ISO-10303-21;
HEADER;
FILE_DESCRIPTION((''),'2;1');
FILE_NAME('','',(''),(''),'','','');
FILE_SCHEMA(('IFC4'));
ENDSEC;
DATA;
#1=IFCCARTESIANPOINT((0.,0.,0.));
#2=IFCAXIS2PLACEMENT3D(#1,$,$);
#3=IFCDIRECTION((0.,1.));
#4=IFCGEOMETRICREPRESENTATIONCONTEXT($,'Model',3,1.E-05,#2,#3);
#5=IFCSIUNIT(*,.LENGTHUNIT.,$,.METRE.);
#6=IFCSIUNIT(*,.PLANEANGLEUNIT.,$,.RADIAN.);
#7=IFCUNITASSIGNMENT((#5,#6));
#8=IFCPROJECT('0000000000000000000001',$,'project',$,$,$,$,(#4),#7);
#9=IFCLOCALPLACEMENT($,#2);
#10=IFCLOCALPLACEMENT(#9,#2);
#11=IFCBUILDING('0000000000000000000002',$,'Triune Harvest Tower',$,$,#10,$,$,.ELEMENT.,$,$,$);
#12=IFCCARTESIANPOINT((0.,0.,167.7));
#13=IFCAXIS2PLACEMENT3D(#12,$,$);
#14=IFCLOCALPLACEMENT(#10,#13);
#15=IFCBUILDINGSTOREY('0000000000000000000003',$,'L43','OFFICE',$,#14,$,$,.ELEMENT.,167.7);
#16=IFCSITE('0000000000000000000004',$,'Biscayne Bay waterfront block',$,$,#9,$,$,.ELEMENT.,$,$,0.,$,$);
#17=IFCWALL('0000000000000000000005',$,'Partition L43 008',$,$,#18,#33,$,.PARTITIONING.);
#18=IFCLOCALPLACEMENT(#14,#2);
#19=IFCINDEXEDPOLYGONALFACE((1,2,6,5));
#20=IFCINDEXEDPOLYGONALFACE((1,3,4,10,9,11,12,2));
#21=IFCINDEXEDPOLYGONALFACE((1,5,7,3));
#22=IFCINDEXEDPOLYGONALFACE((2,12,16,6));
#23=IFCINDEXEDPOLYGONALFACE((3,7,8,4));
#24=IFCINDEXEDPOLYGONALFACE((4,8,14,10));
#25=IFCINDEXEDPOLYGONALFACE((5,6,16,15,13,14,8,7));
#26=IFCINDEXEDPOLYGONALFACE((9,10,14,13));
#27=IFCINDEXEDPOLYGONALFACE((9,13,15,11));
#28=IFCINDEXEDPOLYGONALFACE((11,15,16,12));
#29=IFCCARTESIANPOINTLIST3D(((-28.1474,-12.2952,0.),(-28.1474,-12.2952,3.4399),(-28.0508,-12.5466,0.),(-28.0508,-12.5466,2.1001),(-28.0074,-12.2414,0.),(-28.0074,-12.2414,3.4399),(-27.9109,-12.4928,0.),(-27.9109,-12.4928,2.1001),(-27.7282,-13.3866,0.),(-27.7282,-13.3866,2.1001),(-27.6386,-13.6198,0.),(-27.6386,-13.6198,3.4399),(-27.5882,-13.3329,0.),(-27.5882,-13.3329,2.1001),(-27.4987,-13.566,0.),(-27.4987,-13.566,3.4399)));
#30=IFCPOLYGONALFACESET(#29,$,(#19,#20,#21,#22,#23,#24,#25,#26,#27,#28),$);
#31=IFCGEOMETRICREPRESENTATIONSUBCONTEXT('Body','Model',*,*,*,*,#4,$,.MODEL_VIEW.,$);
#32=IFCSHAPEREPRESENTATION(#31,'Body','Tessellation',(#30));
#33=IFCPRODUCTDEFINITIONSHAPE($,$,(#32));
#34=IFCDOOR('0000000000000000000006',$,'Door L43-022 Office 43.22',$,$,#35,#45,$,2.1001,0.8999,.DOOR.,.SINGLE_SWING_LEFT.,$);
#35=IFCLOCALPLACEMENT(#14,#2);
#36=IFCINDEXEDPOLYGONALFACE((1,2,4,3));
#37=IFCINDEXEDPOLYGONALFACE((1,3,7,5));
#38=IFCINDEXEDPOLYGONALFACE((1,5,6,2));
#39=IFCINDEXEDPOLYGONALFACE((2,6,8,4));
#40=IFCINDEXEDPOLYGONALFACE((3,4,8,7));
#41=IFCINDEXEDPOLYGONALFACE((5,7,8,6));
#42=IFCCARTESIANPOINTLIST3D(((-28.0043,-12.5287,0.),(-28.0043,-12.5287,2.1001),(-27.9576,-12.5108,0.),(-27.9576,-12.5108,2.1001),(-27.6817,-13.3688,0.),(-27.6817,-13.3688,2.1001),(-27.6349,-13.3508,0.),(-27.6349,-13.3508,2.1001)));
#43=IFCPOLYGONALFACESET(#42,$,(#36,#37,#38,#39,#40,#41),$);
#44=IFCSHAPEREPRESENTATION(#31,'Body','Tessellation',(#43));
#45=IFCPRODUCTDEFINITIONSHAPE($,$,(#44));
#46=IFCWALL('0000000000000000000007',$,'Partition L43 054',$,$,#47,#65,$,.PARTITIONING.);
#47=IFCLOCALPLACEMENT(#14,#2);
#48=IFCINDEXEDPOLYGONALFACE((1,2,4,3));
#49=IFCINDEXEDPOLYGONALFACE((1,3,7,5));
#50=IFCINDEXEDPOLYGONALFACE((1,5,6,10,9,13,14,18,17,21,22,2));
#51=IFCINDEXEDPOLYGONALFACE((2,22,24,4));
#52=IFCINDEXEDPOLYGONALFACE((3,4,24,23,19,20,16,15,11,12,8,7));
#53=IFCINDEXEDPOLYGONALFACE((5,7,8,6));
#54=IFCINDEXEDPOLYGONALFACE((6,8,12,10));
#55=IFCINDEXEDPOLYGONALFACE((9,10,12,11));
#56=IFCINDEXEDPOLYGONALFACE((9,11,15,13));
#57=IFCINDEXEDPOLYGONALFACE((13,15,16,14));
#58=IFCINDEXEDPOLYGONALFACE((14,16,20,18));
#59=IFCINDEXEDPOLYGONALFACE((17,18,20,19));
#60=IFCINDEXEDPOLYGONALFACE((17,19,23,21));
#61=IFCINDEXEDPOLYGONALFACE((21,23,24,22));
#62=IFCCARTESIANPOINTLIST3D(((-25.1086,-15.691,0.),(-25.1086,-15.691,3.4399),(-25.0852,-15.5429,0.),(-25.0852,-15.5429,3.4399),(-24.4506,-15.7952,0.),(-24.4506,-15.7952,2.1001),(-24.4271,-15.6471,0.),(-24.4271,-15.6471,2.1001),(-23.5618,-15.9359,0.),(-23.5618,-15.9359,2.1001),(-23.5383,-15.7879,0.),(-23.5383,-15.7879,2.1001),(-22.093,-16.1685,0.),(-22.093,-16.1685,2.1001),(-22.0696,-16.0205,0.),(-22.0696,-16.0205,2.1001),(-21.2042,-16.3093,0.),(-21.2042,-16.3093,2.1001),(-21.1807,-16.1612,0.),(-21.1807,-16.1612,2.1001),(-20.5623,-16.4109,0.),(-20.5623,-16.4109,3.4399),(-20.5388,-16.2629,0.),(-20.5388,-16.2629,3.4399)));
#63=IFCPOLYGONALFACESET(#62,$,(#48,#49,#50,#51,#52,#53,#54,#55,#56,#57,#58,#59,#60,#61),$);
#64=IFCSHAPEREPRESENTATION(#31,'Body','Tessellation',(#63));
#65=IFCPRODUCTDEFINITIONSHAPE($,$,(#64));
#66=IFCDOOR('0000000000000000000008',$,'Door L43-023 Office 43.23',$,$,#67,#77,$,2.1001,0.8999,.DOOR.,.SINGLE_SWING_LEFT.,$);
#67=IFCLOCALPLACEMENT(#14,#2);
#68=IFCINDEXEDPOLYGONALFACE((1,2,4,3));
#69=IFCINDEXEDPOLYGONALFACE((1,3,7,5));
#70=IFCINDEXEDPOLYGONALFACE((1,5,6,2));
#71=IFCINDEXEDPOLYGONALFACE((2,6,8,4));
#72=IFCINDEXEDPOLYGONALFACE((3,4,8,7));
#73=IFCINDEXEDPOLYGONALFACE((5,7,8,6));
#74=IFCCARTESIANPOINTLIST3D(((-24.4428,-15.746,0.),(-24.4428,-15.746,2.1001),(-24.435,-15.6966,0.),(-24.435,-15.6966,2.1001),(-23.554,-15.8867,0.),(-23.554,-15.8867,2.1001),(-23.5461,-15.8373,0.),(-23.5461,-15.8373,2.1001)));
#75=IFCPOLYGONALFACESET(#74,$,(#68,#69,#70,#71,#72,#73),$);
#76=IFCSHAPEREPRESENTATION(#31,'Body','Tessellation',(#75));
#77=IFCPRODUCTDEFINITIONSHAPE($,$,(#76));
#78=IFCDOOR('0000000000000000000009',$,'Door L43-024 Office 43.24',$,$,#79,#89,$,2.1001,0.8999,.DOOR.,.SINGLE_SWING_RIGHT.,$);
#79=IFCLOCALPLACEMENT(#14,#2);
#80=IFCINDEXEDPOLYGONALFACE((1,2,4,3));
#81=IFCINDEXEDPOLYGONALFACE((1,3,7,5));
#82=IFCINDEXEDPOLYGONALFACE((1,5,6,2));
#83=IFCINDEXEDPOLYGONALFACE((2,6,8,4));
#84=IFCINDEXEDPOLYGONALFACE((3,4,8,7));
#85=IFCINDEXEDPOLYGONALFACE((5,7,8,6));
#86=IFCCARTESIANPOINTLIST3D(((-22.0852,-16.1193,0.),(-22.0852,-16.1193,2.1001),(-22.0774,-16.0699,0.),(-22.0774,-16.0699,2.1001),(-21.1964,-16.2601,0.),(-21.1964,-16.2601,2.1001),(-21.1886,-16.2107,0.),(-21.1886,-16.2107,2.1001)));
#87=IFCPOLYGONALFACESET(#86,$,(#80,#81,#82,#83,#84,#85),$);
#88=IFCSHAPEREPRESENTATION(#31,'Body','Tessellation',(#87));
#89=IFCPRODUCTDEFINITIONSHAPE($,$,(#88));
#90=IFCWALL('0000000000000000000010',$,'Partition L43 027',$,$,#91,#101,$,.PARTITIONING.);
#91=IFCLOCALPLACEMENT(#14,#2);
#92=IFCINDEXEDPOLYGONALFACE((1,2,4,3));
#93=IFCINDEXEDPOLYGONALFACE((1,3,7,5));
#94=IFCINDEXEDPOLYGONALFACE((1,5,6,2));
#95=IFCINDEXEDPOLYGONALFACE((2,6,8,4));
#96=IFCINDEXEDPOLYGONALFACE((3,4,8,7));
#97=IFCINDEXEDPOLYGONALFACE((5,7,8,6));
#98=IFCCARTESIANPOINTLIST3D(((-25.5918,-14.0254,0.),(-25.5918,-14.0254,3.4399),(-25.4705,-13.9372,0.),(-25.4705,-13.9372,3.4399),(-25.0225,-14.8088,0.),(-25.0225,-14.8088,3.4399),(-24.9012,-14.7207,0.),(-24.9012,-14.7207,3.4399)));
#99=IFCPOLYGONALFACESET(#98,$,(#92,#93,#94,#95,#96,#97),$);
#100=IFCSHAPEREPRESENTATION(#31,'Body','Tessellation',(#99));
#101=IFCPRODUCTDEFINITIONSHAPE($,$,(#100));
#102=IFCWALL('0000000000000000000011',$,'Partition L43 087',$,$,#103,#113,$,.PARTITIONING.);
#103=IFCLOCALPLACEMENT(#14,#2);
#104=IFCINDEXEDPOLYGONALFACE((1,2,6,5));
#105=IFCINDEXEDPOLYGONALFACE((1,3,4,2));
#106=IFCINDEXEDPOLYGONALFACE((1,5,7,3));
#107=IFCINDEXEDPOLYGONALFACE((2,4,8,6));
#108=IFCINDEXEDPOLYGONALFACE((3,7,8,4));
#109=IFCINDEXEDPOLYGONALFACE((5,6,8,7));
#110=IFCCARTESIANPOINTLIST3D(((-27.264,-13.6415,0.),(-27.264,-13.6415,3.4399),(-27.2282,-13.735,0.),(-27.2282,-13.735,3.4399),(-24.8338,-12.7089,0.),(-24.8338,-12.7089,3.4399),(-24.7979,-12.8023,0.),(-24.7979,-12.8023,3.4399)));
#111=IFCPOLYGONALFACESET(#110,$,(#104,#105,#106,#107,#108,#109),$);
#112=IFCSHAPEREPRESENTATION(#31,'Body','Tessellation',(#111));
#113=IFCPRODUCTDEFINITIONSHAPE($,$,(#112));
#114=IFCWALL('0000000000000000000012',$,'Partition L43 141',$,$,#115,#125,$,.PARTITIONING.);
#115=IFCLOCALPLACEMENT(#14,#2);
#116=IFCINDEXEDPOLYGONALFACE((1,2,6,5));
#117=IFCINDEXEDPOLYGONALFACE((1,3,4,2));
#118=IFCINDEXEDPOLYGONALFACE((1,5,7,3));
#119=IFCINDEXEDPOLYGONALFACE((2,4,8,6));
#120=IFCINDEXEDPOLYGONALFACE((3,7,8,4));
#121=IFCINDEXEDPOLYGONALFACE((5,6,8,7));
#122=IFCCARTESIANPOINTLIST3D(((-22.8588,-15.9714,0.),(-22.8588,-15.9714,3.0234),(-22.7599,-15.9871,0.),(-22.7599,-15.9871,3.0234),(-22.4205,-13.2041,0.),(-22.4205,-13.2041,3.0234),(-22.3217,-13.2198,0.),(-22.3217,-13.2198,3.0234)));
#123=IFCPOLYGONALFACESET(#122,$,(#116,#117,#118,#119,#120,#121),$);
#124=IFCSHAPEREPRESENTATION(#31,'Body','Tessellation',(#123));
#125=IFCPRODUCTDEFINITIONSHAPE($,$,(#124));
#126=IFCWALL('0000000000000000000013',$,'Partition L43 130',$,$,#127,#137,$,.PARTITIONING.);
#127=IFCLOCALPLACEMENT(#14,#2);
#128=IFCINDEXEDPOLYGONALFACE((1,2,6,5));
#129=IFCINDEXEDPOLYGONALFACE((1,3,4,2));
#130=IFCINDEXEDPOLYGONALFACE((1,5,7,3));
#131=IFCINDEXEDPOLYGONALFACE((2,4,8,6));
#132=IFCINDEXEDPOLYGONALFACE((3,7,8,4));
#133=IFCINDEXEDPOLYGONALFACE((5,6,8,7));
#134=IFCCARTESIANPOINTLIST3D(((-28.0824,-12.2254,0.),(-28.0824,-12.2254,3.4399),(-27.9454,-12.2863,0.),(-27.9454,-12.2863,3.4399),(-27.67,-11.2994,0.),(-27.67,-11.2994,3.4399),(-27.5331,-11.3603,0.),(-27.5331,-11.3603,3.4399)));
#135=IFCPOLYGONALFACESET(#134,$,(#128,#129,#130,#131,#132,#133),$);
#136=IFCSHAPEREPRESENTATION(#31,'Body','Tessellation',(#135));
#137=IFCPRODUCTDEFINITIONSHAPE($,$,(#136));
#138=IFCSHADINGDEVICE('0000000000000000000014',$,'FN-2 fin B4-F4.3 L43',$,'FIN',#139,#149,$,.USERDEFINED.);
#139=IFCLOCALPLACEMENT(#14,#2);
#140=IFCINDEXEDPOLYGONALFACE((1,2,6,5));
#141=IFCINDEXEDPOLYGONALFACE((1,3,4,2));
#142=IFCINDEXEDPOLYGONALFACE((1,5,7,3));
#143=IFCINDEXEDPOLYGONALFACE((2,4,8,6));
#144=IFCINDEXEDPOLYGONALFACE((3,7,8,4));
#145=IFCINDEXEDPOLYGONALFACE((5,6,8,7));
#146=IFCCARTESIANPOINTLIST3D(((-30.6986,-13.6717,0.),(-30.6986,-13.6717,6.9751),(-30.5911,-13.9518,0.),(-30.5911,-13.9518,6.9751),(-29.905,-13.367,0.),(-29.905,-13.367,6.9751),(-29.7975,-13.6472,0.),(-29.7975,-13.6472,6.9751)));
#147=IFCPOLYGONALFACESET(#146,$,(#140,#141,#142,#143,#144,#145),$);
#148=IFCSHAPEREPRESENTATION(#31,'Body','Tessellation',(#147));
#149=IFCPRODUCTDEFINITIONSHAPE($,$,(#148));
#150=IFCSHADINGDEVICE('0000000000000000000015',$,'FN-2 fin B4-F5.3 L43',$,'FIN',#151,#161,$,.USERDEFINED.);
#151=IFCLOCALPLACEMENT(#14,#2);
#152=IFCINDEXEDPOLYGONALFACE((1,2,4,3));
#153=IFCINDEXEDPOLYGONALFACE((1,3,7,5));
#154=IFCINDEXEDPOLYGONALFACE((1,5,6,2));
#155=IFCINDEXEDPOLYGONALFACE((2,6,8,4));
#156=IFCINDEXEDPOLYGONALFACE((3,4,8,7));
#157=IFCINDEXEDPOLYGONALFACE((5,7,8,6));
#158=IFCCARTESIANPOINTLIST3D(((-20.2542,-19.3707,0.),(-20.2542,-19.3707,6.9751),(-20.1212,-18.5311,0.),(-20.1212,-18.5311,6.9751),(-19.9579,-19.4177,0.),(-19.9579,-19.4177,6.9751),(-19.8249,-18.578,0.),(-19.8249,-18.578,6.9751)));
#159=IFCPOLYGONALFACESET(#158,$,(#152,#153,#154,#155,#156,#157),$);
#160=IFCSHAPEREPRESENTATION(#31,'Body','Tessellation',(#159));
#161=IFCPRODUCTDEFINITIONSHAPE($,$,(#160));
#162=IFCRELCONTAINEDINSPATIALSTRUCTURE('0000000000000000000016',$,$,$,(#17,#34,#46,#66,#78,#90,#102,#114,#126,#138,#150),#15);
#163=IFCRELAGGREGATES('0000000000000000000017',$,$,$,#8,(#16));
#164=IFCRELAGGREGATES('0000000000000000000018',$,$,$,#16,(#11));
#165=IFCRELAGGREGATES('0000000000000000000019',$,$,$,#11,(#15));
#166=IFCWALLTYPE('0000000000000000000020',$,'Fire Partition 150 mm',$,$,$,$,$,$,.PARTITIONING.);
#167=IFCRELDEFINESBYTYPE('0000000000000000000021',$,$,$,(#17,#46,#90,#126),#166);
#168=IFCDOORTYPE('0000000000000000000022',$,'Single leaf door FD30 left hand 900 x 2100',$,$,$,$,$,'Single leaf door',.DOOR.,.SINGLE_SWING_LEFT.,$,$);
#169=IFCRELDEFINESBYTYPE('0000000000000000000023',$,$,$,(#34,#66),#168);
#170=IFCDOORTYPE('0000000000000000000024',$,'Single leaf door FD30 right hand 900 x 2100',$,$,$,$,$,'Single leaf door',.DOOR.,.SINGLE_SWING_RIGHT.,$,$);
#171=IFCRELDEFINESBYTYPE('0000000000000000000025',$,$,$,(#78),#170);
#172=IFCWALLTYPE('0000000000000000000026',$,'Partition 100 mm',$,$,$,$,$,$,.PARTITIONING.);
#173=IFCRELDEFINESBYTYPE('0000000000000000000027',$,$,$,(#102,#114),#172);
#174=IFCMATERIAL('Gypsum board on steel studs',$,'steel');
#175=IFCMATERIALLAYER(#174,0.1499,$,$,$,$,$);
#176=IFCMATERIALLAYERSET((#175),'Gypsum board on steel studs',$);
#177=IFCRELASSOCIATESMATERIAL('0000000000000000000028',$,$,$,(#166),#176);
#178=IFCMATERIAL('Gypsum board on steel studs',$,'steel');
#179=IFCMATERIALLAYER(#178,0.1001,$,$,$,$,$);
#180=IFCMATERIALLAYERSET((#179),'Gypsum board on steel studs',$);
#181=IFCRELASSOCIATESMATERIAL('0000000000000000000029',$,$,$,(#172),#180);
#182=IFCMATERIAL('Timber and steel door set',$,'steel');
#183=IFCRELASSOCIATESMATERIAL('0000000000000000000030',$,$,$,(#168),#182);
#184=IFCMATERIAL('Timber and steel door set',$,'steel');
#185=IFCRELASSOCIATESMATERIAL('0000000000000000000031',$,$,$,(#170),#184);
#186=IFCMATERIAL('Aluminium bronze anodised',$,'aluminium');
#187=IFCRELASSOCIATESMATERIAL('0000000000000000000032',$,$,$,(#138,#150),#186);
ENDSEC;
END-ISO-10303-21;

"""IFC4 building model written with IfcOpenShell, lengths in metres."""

from ifc_helpers import new_model, si_unit, direction, frame, frame_2d, origin, origin_2d, place, context, subcontext, project, spatial, rectangle, extrude, source, transform, mapped, material, layer, layer_set, type_object, element, fill, save


model = new_model("IFC4")

# Units and contexts
model_context = context("Model", 3, precision=1e-05, world=origin(), true_north=direction((0.0, 1.0)))
body_context = subcontext(model_context, "Body", "Model", "MODEL_VIEW")
ifc_project = project(units=[si_unit("LENGTHUNIT", "METRE"), si_unit("PLANEANGLEUNIT", "RADIAN")], contexts=[model_context])

# Site, building, storey
site_placement = place(None, origin())
site = spatial("IfcSite", under=ifc_project, at=site_placement, Name="Biscayne Bay waterfront block", CompositionType="ELEMENT", RefElevation=0.0)
building_placement = place(site_placement, origin())
building = spatial("IfcBuilding", under=site, at=building_placement, Name="Triune Harvest Tower", CompositionType="ELEMENT")
storey_placement = place(building_placement, frame((0.0, 0.0, 167.7)))
storey = spatial("IfcBuildingStorey", under=building, at=storey_placement, Name="L43", Description="OFFICE", CompositionType="ELEMENT", Elevation=167.7)

# Shared definitions
ifc_material_1 = material(Name="Gypsum board on steel studs", Category="steel")
ifc_layer_1 = layer(ifc_material_1, 0.1499)
ifc_layer_set_1 = layer_set([ifc_layer_1], Name="Gypsum board on steel studs")
wall_type_1 = type_object("IfcWallType", Name="Fire Partition 150 mm", PredefinedType="PARTITIONING", material=ifc_layer_set_1)
ifc_material_2 = material(Name="Gypsum board on steel studs", Category="steel")
ifc_layer_2 = layer(ifc_material_2, 0.1001)
ifc_layer_set_2 = layer_set([ifc_layer_2], Name="Gypsum board on steel studs")
wall_type_2 = type_object("IfcWallType", Name="Partition 100 mm", PredefinedType="PARTITIONING", material=ifc_layer_set_2)

# Wall, opening, door
shared_shape_1 = source(origin(), body_context, "Body", "SweptSolid", [
    extrude(rectangle(XDim=1.4189, YDim=0.1499, at=frame_2d((0.7095, 0.0))), origin(), (0.0, 0.0, 1.0), 3.4399),
])
wall_1_placement = place(storey_placement, frame((-28.0774, -12.2683, 0.0), z_axis=(0.0, 0.0, 1.0), x_axis=(0.358541, -0.933514, 0.0)))
wall_1 = element("IfcWall", 1, at=wall_1_placement, inside=storey, type_object=wall_type_1, Name="Partition L43 008", PredefinedType="PARTITIONING", context=body_context, shape_type="MappedRepresentation", body=[
    mapped(shared_shape_1, transform((0.0, 0.0, 0.0), scale=1.0)),
])
opening_1_placement = place(wall_1_placement, frame((0.2693, 0.0, 0.0)))
opening_1 = element("IfcOpeningElement", 2, at=opening_1_placement, cuts=wall_1, PredefinedType="OPENING", context=body_context, shape_type="SweptSolid", body=[
    extrude(rectangle(XDim=0.8999, YDim=2.1001, at=frame_2d((0.45, 1.05))), frame((0.0, 0.085, 0.0), z_axis=(0.0, -1.0, 0.0), x_axis=(1.0, 0.0, 0.0)), (0.0, 0.0, 1.0), 0.1699),
])
ifc_material_3 = material(Name="Timber and steel door set", Category="steel")
door_type_1 = type_object("IfcDoorType", Name="Single leaf door FD30 left hand 900 x 2100", ElementType="Single leaf door", OperationType="SINGLE_SWING_LEFT", PredefinedType="DOOR", material=ifc_material_3)
door_1_placement = place(opening_1_placement, origin())
door_1 = element("IfcDoor", 3, at=door_1_placement, inside=storey, type_object=door_type_1, Name="Door L43-022 Office 43.22", OperationType="SINGLE_SWING_LEFT", OverallHeight=2.1001, OverallWidth=0.8999, PredefinedType="DOOR", context=body_context, shape_type="SweptSolid", body=[
    extrude(rectangle(XDim=0.8999, YDim=2.1001, at=frame_2d((0.45, 1.05))), frame((0.0, 0.0249, 0.0), z_axis=(0.0, -1.0, 0.0), x_axis=(1.0, 0.0, 0.0)), (0.0, 0.0, 1.0), 0.05),
])
fill(opening_1, door_1)

# Wall, openings, doors
shared_shape_2 = source(origin(), body_context, "Body", "SweptSolid", [
    extrude(rectangle(XDim=4.603, YDim=0.1499, at=frame_2d((2.3015, 0.0))), origin(), (0.0, 0.0, 1.0), 3.4399),
])
wall_2_placement = place(storey_placement, frame((-25.0969, -15.6169, 0.0), z_axis=(0.0, 0.0, 1.0), x_axis=(0.987692, -0.156412, 0.0)))
wall_2 = element("IfcWall", 4, at=wall_2_placement, inside=storey, type_object=wall_type_1, Name="Partition L43 054", PredefinedType="PARTITIONING", context=body_context, shape_type="MappedRepresentation", body=[
    mapped(shared_shape_2, transform((0.0, 0.0, 0.0), scale=1.0)),
])
opening_2_placement = place(wall_2_placement, frame((0.6663, 0.0, 0.0)))
opening_2 = element("IfcOpeningElement", 5, at=opening_2_placement, cuts=wall_2, PredefinedType="OPENING", context=body_context, shape_type="SweptSolid", body=[
    extrude(rectangle(XDim=0.8999, YDim=2.1001, at=frame_2d((0.45, 1.05))), frame((0.0, 0.085, 0.0), z_axis=(0.0, -1.0, 0.0), x_axis=(1.0, 0.0, 0.0)), (0.0, 0.0, 1.0), 0.1699),
])
opening_3_placement = place(wall_2_placement, frame((3.0532, 0.0, 0.0)))
opening_3 = element("IfcOpeningElement", 6, at=opening_3_placement, cuts=wall_2, PredefinedType="OPENING", context=body_context, shape_type="SweptSolid", body=[
    extrude(rectangle(XDim=0.8999, YDim=2.1001, at=frame_2d((0.45, 1.05))), frame((0.0, 0.085, 0.0), z_axis=(0.0, -1.0, 0.0), x_axis=(1.0, 0.0, 0.0)), (0.0, 0.0, 1.0), 0.1699),
])
door_2_placement = place(opening_2_placement, origin())
door_2 = element("IfcDoor", 7, at=door_2_placement, inside=storey, type_object=door_type_1, Name="Door L43-023 Office 43.23", OperationType="SINGLE_SWING_LEFT", OverallHeight=2.1001, OverallWidth=0.8999, PredefinedType="DOOR", context=body_context, shape_type="SweptSolid", body=[
    extrude(rectangle(XDim=0.8999, YDim=2.1001, at=frame_2d((0.45, 1.05))), frame((0.0, 0.0249, 0.0), z_axis=(0.0, -1.0, 0.0), x_axis=(1.0, 0.0, 0.0)), (0.0, 0.0, 1.0), 0.05),
])
fill(opening_2, door_2)
ifc_material_4 = material(Name="Timber and steel door set", Category="steel")
door_type_2 = type_object("IfcDoorType", Name="Single leaf door FD30 right hand 900 x 2100", ElementType="Single leaf door", OperationType="SINGLE_SWING_RIGHT", PredefinedType="DOOR", material=ifc_material_4)
door_3_placement = place(opening_3_placement, origin())
door_3 = element("IfcDoor", 8, at=door_3_placement, inside=storey, type_object=door_type_2, Name="Door L43-024 Office 43.24", OperationType="SINGLE_SWING_RIGHT", OverallHeight=2.1001, OverallWidth=0.8999, PredefinedType="DOOR", context=body_context, shape_type="SweptSolid", body=[
    extrude(rectangle(XDim=0.8999, YDim=2.1001, at=frame_2d((0.45, 1.05))), frame((0.0, 0.0249, 0.0), z_axis=(0.0, -1.0, 0.0), x_axis=(1.0, 0.0, 0.0)), (0.0, 0.0, 1.0), 0.05),
])
fill(opening_3, door_3)

# Walls
shared_shape_3 = source(origin(), body_context, "Body", "SweptSolid", [
    extrude(rectangle(XDim=0.9685, YDim=0.1499, at=frame_2d((0.4844, 0.0))), origin(), (0.0, 0.0, 1.0), 3.4399),
])
wall_3_placement = place(storey_placement, frame((-25.5312, -13.9812, 0.0), z_axis=(0.0, 0.0, 1.0), x_axis=(0.587872, -0.808954, 0.0)))
element("IfcWall", 9, at=wall_3_placement, inside=storey, type_object=wall_type_1, Name="Partition L43 027", PredefinedType="PARTITIONING", context=body_context, shape_type="MappedRepresentation", body=[
    mapped(shared_shape_3, transform((0.0, 0.0, 0.0), scale=1.0)),
])
shared_shape_4 = source(origin(), body_context, "Body", "SweptSolid", [
    extrude(rectangle(XDim=2.603, YDim=0.1001, at=frame_2d((1.3015, 0.0))), origin(), (0.0, 0.0, 1.0), 3.4399),
])
wall_4_placement = place(storey_placement, frame((-27.2461, -13.6882, 0.0), z_axis=(0.0, 0.0, 1.0), x_axis=(0.933611, 0.358288, 0.0)))
element("IfcWall", 10, at=wall_4_placement, inside=storey, type_object=wall_type_2, Name="Partition L43 087", PredefinedType="PARTITIONING", context=body_context, shape_type="MappedRepresentation", body=[
    mapped(shared_shape_4, transform((0.0, 0.0, 0.0), scale=1.0)),
])
shared_shape_5 = source(origin(), body_context, "Body", "SweptSolid", [
    extrude(rectangle(XDim=2.8018, YDim=0.1001, at=frame_2d((1.4009, 0.0))), origin(), (0.0, 0.0, 1.0), 3.0234),
])
wall_5_placement = place(storey_placement, frame((-22.8093, -15.9792, 0.0), z_axis=(0.0, 0.0, 1.0), x_axis=(0.15641, 0.987692, 0.0)))
element("IfcWall", 11, at=wall_5_placement, inside=storey, type_object=wall_type_2, Name="Partition L43 141", PredefinedType="PARTITIONING", context=body_context, shape_type="MappedRepresentation", body=[
    mapped(shared_shape_5, transform((0.0, 0.0, 0.0), scale=1.0)),
])
shared_shape_6 = source(origin(), body_context, "Body", "SweptSolid", [
    extrude(rectangle(XDim=1.0137, YDim=0.1499, at=frame_2d((0.5068, 0.0))), origin(), (0.0, 0.0, 1.0), 3.4399),
])
wall_6_placement = place(storey_placement, frame((-28.0139, -12.2559, 0.0), z_axis=(0.0, 0.0, 1.0), x_axis=(0.406786, 0.913523, 0.0)))
element("IfcWall", 12, at=wall_6_placement, inside=storey, type_object=wall_type_1, Name="Partition L43 130", PredefinedType="PARTITIONING", context=body_context, shape_type="MappedRepresentation", body=[
    mapped(shared_shape_6, transform((0.0, 0.0, 0.0), scale=1.0)),
])

# Shading devices
ifc_material_5 = material(Name="Aluminium bronze anodised", Category="aluminium")
shared_shape_7 = source(origin(), body_context, "Body", "SweptSolid", [
    extrude(rectangle(XDim=0.3, YDim=0.8501, at=origin_2d()), origin(), (0.0, 0.0, 1.0), 6.9751),
])
for number, where, z_axis, x_axis, name in (
    (13, (-30.248, -13.6594, 0.0), (0.0, 0.0, 1.0), (0.358369, -0.93358, 0.0), "FN-2 fin B4-F4.3 L43"),
    (14, (-20.0396, -18.9744, 0.0), (0.0, 0.0, 1.0), (0.987688, -0.156435, 0.0), "FN-2 fin B4-F5.3 L43"),
):
    element("IfcShadingDevice", number, at=place(storey_placement, frame(where, z_axis=z_axis, x_axis=x_axis)), inside=storey, material=ifc_material_5, Name=name, ObjectType="FIN", PredefinedType="USERDEFINED", context=body_context, shape_type="MappedRepresentation", body=[
        mapped(shared_shape_7, transform((0.0, 0.0, 0.0), scale=1.0)),
    ])

save(model, "model.ifc")
